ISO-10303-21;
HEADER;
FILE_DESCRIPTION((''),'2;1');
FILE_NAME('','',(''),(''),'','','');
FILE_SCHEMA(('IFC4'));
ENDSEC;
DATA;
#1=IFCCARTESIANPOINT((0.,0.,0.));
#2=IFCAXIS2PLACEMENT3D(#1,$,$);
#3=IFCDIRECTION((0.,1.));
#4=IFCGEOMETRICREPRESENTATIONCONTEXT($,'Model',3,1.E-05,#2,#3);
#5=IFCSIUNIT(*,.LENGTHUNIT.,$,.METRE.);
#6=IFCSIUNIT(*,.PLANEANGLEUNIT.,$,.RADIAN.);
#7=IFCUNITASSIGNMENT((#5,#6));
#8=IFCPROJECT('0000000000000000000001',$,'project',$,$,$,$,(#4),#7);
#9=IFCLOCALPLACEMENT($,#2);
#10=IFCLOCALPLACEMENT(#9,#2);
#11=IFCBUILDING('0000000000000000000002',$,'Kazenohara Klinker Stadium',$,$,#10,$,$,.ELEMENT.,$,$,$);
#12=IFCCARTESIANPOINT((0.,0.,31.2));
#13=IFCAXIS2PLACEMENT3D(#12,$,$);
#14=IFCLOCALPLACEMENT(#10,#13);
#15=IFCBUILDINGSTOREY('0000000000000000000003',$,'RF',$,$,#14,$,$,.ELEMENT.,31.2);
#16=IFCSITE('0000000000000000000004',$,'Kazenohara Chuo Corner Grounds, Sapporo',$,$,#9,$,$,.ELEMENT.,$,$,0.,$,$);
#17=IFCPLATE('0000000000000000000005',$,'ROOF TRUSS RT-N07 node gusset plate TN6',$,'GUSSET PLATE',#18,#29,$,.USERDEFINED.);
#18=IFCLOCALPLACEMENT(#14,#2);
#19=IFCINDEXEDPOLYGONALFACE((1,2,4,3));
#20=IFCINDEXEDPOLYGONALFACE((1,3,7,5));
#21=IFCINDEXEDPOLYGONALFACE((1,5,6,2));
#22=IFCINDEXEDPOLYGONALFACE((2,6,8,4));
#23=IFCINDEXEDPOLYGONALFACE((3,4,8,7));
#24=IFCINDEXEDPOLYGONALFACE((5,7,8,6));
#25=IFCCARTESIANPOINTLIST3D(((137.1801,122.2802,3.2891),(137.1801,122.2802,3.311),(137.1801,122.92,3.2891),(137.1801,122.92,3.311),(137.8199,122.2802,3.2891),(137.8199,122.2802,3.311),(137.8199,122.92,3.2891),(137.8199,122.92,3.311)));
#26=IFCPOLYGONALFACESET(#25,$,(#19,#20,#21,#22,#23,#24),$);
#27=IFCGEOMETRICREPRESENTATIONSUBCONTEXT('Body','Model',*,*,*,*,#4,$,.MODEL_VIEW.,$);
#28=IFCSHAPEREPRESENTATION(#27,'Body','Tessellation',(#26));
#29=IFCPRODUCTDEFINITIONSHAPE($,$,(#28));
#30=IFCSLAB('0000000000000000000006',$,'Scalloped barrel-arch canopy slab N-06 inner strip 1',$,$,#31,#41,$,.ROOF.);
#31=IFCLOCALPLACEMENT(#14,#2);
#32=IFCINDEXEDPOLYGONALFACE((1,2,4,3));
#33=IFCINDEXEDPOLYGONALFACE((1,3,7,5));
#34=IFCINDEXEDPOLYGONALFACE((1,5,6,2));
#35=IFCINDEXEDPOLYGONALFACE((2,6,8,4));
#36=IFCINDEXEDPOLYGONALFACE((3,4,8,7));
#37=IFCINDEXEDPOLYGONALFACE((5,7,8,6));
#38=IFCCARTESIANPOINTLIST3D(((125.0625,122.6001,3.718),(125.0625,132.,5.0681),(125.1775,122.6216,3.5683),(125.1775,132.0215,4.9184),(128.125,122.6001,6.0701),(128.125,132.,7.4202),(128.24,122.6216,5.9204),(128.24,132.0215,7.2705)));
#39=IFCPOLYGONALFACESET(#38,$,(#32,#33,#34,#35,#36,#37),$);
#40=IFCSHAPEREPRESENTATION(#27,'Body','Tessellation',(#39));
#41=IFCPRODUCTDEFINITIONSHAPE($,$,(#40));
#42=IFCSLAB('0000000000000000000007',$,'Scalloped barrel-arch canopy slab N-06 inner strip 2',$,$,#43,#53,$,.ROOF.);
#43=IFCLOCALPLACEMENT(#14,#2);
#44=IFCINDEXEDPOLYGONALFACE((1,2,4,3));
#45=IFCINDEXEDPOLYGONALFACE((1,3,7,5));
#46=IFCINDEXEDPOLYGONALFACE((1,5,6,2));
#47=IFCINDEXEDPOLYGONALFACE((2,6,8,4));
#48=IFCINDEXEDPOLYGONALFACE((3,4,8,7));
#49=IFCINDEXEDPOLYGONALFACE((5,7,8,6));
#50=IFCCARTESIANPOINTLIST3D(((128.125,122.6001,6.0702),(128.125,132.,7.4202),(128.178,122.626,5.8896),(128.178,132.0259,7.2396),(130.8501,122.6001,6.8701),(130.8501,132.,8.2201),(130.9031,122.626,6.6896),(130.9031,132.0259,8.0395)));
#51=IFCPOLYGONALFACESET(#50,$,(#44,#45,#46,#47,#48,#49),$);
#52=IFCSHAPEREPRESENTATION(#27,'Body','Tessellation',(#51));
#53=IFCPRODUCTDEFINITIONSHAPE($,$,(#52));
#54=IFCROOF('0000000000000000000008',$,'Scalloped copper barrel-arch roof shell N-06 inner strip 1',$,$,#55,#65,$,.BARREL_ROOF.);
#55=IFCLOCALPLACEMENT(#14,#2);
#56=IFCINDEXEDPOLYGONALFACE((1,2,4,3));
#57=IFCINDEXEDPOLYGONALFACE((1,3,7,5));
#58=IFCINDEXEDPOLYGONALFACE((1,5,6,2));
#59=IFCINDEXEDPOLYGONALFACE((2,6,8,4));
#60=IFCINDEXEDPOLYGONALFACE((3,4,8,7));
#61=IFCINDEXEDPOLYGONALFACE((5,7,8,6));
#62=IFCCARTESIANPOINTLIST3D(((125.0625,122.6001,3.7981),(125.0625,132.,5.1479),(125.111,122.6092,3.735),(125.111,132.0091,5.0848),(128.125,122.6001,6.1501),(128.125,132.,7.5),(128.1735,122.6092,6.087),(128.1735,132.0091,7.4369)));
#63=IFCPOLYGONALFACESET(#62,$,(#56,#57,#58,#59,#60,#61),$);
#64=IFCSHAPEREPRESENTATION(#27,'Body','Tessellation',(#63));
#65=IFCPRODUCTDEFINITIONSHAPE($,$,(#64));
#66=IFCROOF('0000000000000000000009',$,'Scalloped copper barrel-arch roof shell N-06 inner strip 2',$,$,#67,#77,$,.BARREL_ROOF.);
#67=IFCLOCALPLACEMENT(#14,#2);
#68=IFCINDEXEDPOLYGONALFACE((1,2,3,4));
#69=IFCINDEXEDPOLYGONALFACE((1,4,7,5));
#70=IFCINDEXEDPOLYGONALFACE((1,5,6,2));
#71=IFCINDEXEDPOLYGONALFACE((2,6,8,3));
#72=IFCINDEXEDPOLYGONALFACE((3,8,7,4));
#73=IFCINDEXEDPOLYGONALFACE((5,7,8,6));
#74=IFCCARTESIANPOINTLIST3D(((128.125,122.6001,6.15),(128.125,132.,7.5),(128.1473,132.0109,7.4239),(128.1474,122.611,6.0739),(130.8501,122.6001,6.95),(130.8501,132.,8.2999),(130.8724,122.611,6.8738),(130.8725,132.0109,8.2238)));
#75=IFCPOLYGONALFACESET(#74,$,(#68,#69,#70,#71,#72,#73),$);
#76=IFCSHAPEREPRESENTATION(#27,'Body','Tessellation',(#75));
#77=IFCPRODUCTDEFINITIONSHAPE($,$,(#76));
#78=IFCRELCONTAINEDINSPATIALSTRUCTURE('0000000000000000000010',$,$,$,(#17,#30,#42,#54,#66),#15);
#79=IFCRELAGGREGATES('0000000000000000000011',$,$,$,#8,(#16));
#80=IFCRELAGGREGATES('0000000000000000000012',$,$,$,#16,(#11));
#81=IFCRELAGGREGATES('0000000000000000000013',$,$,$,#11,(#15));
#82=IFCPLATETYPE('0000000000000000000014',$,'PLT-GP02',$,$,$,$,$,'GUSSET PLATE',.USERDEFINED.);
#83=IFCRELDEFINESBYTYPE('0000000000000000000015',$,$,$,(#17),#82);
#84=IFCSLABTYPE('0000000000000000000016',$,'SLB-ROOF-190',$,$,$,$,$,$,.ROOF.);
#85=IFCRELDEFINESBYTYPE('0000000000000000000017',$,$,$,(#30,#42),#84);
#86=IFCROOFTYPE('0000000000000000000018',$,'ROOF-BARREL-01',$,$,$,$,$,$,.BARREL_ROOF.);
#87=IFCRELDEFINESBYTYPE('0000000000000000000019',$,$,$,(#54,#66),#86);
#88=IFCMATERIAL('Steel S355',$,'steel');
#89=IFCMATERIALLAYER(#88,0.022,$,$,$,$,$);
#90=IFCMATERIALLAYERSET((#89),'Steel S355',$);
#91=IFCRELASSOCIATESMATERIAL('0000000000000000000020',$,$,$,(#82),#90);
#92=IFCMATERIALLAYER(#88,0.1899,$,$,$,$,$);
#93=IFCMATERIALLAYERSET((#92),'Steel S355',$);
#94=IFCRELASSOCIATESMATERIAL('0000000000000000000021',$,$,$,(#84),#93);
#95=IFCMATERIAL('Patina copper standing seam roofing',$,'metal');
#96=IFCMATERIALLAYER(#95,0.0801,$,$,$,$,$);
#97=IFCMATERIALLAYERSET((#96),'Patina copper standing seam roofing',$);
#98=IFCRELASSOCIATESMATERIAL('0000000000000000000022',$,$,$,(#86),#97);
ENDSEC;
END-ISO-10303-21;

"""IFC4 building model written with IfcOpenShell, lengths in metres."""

from ifc_helpers import new_model, si_unit, direction, frame, origin, origin_2d, place, context, subcontext, project, spatial, polyline, rectangle, outline, extrude, material, layer, layer_set, type_object, element, save


model = new_model("IFC4")

# Units and contexts
model_context = context("Model", 3, precision=1e-05, world=origin(), true_north=direction((0.0, 1.0)))
body_context = subcontext(model_context, "Body", "Model", "MODEL_VIEW")
ifc_project = project(units=[si_unit("LENGTHUNIT", "METRE"), si_unit("PLANEANGLEUNIT", "RADIAN")], contexts=[model_context])

# Site, building, storey
site_placement = place(None, origin())
site = spatial("IfcSite", under=ifc_project, at=site_placement, Name="Kazenohara Chuo Corner Grounds, Sapporo", CompositionType="ELEMENT", RefElevation=0.0)
building_placement = place(site_placement, origin())
building = spatial("IfcBuilding", under=site, at=building_placement, Name="Kazenohara Klinker Stadium", CompositionType="ELEMENT")
storey_placement = place(building_placement, frame((0.0, 0.0, 31.2)))
storey = spatial("IfcBuildingStorey", under=building, at=storey_placement, Name="RF", CompositionType="ELEMENT", Elevation=31.2)

# Shared definitions
ifc_material_1 = material(Name="Steel S355", Category="steel")

# Plate
ifc_layer_1 = layer(ifc_material_1, 0.022)
ifc_layer_set_1 = layer_set([ifc_layer_1], Name="Steel S355")
plate_type_1 = type_object("IfcPlateType", Name="PLT-GP02", ElementType="GUSSET PLATE", PredefinedType="USERDEFINED", material=ifc_layer_set_1)
for number, where, z_axis, x_axis, name in (
    (1, (137.5, 122.6001, 3.2891), (0.0, 0.0, 1.0), (1.0, 0.0, 0.0), "ROOF TRUSS RT-N07 node gusset plate TN6"),
):
    element("IfcPlate", number, at=place(storey_placement, frame(where, z_axis=z_axis, x_axis=x_axis)), inside=storey, type_object=plate_type_1, Name=name, ObjectType="GUSSET PLATE", PredefinedType="USERDEFINED", context=body_context, shape_type="SweptSolid", body=[
        extrude(rectangle(XDim=0.6399, YDim=0.6399, at=origin_2d()), origin(), (0.0, 0.0, 1.0), 0.022),
    ])

# Slabs
ifc_layer_2 = layer(ifc_material_1, 0.1899)
ifc_layer_set_2 = layer_set([ifc_layer_2], Name="Steel S355")
slab_type = type_object("IfcSlabType", Name="SLB-ROOF-190", PredefinedType="ROOF", material=ifc_layer_set_2)
slab_1_placement = place(storey_placement, frame((125.0625, 132.0, 5.0681), z_axis=(-0.605192, -0.113179, 0.787993), x_axis=(0.0, -0.989842, -0.14217)))
element("IfcSlab", 2, at=slab_1_placement, inside=storey, type_object=slab_type, Name="Scalloped barrel-arch canopy slab N-06 inner strip 1", PredefinedType="ROOF", context=body_context, shape_type="SweptSolid", body=[
    extrude(outline(polyline([(0.0, 0.0), (9.4964, 0.0), (9.162, 3.847), (-0.3344, 3.847), (0.0, 0.0)])), origin(), (0.0, 0.0, -1.0), 0.1899),
])
slab_2_placement = place(storey_placement, frame((128.125, 132.0, 7.4202), z_axis=(-0.27902, -0.136512, 0.950533), x_axis=(-0.000003, -0.989844, -0.142158)))
element("IfcSlab", 3, at=slab_2_placement, inside=storey, type_object=slab_type, Name="Scalloped barrel-arch canopy slab N-06 inner strip 2", PredefinedType="ROOF", context=body_context, shape_type="SweptSolid", body=[
    extrude(outline(polyline([(0.0, 0.0), (9.4964, 0.0), (9.3826, 2.8378), (-0.1137, 2.8378), (0.0, 0.0)])), origin(), (0.0, 0.0, -1.0), 0.1899),
])

# Roofs
ifc_material_2 = material(Name="Patina copper standing seam roofing", Category="metal")
ifc_layer_3 = layer(ifc_material_2, 0.0801)
ifc_layer_set_3 = layer_set([ifc_layer_3], Name="Patina copper standing seam roofing")
roof_type = type_object("IfcRoofType", Name="ROOF-BARREL-01", PredefinedType="BARREL_ROOF", material=ifc_layer_set_3)
roof_1_placement = place(storey_placement, frame((125.0625, 132.0, 5.1479), z_axis=(-0.605193, -0.113158, 0.787995), x_axis=(0.0, -0.989846, -0.142145)))
element("IfcRoof", 4, at=roof_1_placement, inside=storey, type_object=roof_type, Name="Scalloped copper barrel-arch roof shell N-06 inner strip 1", PredefinedType="BARREL_ROOF", context=body_context, shape_type="SweptSolid", body=[
    extrude(outline(polyline([(0.0, 0.0), (9.4963, 0.0), (9.162, 3.847), (-0.3343, 3.847), (0.0, 0.0)])), origin(), (0.0, 0.0, -1.0), 0.0801),
])
roof_2_placement = place(storey_placement, frame((128.125, 132.0, 7.5), z_axis=(-0.27902, -0.136512, 0.950533), x_axis=(0.000003, -0.989844, -0.142156)))
element("IfcRoof", 5, at=roof_2_placement, inside=storey, type_object=roof_type, Name="Scalloped copper barrel-arch roof shell N-06 inner strip 2", PredefinedType="BARREL_ROOF", context=body_context, shape_type="SweptSolid", body=[
    extrude(outline(polyline([(0.0, 0.0), (9.4963, 0.0), (9.3826, 2.8378), (-0.1137, 2.8378), (0.0, 0.0)])), origin(), (0.0, 0.0, -1.0), 0.0801),
])

save(model, "model.ifc")
